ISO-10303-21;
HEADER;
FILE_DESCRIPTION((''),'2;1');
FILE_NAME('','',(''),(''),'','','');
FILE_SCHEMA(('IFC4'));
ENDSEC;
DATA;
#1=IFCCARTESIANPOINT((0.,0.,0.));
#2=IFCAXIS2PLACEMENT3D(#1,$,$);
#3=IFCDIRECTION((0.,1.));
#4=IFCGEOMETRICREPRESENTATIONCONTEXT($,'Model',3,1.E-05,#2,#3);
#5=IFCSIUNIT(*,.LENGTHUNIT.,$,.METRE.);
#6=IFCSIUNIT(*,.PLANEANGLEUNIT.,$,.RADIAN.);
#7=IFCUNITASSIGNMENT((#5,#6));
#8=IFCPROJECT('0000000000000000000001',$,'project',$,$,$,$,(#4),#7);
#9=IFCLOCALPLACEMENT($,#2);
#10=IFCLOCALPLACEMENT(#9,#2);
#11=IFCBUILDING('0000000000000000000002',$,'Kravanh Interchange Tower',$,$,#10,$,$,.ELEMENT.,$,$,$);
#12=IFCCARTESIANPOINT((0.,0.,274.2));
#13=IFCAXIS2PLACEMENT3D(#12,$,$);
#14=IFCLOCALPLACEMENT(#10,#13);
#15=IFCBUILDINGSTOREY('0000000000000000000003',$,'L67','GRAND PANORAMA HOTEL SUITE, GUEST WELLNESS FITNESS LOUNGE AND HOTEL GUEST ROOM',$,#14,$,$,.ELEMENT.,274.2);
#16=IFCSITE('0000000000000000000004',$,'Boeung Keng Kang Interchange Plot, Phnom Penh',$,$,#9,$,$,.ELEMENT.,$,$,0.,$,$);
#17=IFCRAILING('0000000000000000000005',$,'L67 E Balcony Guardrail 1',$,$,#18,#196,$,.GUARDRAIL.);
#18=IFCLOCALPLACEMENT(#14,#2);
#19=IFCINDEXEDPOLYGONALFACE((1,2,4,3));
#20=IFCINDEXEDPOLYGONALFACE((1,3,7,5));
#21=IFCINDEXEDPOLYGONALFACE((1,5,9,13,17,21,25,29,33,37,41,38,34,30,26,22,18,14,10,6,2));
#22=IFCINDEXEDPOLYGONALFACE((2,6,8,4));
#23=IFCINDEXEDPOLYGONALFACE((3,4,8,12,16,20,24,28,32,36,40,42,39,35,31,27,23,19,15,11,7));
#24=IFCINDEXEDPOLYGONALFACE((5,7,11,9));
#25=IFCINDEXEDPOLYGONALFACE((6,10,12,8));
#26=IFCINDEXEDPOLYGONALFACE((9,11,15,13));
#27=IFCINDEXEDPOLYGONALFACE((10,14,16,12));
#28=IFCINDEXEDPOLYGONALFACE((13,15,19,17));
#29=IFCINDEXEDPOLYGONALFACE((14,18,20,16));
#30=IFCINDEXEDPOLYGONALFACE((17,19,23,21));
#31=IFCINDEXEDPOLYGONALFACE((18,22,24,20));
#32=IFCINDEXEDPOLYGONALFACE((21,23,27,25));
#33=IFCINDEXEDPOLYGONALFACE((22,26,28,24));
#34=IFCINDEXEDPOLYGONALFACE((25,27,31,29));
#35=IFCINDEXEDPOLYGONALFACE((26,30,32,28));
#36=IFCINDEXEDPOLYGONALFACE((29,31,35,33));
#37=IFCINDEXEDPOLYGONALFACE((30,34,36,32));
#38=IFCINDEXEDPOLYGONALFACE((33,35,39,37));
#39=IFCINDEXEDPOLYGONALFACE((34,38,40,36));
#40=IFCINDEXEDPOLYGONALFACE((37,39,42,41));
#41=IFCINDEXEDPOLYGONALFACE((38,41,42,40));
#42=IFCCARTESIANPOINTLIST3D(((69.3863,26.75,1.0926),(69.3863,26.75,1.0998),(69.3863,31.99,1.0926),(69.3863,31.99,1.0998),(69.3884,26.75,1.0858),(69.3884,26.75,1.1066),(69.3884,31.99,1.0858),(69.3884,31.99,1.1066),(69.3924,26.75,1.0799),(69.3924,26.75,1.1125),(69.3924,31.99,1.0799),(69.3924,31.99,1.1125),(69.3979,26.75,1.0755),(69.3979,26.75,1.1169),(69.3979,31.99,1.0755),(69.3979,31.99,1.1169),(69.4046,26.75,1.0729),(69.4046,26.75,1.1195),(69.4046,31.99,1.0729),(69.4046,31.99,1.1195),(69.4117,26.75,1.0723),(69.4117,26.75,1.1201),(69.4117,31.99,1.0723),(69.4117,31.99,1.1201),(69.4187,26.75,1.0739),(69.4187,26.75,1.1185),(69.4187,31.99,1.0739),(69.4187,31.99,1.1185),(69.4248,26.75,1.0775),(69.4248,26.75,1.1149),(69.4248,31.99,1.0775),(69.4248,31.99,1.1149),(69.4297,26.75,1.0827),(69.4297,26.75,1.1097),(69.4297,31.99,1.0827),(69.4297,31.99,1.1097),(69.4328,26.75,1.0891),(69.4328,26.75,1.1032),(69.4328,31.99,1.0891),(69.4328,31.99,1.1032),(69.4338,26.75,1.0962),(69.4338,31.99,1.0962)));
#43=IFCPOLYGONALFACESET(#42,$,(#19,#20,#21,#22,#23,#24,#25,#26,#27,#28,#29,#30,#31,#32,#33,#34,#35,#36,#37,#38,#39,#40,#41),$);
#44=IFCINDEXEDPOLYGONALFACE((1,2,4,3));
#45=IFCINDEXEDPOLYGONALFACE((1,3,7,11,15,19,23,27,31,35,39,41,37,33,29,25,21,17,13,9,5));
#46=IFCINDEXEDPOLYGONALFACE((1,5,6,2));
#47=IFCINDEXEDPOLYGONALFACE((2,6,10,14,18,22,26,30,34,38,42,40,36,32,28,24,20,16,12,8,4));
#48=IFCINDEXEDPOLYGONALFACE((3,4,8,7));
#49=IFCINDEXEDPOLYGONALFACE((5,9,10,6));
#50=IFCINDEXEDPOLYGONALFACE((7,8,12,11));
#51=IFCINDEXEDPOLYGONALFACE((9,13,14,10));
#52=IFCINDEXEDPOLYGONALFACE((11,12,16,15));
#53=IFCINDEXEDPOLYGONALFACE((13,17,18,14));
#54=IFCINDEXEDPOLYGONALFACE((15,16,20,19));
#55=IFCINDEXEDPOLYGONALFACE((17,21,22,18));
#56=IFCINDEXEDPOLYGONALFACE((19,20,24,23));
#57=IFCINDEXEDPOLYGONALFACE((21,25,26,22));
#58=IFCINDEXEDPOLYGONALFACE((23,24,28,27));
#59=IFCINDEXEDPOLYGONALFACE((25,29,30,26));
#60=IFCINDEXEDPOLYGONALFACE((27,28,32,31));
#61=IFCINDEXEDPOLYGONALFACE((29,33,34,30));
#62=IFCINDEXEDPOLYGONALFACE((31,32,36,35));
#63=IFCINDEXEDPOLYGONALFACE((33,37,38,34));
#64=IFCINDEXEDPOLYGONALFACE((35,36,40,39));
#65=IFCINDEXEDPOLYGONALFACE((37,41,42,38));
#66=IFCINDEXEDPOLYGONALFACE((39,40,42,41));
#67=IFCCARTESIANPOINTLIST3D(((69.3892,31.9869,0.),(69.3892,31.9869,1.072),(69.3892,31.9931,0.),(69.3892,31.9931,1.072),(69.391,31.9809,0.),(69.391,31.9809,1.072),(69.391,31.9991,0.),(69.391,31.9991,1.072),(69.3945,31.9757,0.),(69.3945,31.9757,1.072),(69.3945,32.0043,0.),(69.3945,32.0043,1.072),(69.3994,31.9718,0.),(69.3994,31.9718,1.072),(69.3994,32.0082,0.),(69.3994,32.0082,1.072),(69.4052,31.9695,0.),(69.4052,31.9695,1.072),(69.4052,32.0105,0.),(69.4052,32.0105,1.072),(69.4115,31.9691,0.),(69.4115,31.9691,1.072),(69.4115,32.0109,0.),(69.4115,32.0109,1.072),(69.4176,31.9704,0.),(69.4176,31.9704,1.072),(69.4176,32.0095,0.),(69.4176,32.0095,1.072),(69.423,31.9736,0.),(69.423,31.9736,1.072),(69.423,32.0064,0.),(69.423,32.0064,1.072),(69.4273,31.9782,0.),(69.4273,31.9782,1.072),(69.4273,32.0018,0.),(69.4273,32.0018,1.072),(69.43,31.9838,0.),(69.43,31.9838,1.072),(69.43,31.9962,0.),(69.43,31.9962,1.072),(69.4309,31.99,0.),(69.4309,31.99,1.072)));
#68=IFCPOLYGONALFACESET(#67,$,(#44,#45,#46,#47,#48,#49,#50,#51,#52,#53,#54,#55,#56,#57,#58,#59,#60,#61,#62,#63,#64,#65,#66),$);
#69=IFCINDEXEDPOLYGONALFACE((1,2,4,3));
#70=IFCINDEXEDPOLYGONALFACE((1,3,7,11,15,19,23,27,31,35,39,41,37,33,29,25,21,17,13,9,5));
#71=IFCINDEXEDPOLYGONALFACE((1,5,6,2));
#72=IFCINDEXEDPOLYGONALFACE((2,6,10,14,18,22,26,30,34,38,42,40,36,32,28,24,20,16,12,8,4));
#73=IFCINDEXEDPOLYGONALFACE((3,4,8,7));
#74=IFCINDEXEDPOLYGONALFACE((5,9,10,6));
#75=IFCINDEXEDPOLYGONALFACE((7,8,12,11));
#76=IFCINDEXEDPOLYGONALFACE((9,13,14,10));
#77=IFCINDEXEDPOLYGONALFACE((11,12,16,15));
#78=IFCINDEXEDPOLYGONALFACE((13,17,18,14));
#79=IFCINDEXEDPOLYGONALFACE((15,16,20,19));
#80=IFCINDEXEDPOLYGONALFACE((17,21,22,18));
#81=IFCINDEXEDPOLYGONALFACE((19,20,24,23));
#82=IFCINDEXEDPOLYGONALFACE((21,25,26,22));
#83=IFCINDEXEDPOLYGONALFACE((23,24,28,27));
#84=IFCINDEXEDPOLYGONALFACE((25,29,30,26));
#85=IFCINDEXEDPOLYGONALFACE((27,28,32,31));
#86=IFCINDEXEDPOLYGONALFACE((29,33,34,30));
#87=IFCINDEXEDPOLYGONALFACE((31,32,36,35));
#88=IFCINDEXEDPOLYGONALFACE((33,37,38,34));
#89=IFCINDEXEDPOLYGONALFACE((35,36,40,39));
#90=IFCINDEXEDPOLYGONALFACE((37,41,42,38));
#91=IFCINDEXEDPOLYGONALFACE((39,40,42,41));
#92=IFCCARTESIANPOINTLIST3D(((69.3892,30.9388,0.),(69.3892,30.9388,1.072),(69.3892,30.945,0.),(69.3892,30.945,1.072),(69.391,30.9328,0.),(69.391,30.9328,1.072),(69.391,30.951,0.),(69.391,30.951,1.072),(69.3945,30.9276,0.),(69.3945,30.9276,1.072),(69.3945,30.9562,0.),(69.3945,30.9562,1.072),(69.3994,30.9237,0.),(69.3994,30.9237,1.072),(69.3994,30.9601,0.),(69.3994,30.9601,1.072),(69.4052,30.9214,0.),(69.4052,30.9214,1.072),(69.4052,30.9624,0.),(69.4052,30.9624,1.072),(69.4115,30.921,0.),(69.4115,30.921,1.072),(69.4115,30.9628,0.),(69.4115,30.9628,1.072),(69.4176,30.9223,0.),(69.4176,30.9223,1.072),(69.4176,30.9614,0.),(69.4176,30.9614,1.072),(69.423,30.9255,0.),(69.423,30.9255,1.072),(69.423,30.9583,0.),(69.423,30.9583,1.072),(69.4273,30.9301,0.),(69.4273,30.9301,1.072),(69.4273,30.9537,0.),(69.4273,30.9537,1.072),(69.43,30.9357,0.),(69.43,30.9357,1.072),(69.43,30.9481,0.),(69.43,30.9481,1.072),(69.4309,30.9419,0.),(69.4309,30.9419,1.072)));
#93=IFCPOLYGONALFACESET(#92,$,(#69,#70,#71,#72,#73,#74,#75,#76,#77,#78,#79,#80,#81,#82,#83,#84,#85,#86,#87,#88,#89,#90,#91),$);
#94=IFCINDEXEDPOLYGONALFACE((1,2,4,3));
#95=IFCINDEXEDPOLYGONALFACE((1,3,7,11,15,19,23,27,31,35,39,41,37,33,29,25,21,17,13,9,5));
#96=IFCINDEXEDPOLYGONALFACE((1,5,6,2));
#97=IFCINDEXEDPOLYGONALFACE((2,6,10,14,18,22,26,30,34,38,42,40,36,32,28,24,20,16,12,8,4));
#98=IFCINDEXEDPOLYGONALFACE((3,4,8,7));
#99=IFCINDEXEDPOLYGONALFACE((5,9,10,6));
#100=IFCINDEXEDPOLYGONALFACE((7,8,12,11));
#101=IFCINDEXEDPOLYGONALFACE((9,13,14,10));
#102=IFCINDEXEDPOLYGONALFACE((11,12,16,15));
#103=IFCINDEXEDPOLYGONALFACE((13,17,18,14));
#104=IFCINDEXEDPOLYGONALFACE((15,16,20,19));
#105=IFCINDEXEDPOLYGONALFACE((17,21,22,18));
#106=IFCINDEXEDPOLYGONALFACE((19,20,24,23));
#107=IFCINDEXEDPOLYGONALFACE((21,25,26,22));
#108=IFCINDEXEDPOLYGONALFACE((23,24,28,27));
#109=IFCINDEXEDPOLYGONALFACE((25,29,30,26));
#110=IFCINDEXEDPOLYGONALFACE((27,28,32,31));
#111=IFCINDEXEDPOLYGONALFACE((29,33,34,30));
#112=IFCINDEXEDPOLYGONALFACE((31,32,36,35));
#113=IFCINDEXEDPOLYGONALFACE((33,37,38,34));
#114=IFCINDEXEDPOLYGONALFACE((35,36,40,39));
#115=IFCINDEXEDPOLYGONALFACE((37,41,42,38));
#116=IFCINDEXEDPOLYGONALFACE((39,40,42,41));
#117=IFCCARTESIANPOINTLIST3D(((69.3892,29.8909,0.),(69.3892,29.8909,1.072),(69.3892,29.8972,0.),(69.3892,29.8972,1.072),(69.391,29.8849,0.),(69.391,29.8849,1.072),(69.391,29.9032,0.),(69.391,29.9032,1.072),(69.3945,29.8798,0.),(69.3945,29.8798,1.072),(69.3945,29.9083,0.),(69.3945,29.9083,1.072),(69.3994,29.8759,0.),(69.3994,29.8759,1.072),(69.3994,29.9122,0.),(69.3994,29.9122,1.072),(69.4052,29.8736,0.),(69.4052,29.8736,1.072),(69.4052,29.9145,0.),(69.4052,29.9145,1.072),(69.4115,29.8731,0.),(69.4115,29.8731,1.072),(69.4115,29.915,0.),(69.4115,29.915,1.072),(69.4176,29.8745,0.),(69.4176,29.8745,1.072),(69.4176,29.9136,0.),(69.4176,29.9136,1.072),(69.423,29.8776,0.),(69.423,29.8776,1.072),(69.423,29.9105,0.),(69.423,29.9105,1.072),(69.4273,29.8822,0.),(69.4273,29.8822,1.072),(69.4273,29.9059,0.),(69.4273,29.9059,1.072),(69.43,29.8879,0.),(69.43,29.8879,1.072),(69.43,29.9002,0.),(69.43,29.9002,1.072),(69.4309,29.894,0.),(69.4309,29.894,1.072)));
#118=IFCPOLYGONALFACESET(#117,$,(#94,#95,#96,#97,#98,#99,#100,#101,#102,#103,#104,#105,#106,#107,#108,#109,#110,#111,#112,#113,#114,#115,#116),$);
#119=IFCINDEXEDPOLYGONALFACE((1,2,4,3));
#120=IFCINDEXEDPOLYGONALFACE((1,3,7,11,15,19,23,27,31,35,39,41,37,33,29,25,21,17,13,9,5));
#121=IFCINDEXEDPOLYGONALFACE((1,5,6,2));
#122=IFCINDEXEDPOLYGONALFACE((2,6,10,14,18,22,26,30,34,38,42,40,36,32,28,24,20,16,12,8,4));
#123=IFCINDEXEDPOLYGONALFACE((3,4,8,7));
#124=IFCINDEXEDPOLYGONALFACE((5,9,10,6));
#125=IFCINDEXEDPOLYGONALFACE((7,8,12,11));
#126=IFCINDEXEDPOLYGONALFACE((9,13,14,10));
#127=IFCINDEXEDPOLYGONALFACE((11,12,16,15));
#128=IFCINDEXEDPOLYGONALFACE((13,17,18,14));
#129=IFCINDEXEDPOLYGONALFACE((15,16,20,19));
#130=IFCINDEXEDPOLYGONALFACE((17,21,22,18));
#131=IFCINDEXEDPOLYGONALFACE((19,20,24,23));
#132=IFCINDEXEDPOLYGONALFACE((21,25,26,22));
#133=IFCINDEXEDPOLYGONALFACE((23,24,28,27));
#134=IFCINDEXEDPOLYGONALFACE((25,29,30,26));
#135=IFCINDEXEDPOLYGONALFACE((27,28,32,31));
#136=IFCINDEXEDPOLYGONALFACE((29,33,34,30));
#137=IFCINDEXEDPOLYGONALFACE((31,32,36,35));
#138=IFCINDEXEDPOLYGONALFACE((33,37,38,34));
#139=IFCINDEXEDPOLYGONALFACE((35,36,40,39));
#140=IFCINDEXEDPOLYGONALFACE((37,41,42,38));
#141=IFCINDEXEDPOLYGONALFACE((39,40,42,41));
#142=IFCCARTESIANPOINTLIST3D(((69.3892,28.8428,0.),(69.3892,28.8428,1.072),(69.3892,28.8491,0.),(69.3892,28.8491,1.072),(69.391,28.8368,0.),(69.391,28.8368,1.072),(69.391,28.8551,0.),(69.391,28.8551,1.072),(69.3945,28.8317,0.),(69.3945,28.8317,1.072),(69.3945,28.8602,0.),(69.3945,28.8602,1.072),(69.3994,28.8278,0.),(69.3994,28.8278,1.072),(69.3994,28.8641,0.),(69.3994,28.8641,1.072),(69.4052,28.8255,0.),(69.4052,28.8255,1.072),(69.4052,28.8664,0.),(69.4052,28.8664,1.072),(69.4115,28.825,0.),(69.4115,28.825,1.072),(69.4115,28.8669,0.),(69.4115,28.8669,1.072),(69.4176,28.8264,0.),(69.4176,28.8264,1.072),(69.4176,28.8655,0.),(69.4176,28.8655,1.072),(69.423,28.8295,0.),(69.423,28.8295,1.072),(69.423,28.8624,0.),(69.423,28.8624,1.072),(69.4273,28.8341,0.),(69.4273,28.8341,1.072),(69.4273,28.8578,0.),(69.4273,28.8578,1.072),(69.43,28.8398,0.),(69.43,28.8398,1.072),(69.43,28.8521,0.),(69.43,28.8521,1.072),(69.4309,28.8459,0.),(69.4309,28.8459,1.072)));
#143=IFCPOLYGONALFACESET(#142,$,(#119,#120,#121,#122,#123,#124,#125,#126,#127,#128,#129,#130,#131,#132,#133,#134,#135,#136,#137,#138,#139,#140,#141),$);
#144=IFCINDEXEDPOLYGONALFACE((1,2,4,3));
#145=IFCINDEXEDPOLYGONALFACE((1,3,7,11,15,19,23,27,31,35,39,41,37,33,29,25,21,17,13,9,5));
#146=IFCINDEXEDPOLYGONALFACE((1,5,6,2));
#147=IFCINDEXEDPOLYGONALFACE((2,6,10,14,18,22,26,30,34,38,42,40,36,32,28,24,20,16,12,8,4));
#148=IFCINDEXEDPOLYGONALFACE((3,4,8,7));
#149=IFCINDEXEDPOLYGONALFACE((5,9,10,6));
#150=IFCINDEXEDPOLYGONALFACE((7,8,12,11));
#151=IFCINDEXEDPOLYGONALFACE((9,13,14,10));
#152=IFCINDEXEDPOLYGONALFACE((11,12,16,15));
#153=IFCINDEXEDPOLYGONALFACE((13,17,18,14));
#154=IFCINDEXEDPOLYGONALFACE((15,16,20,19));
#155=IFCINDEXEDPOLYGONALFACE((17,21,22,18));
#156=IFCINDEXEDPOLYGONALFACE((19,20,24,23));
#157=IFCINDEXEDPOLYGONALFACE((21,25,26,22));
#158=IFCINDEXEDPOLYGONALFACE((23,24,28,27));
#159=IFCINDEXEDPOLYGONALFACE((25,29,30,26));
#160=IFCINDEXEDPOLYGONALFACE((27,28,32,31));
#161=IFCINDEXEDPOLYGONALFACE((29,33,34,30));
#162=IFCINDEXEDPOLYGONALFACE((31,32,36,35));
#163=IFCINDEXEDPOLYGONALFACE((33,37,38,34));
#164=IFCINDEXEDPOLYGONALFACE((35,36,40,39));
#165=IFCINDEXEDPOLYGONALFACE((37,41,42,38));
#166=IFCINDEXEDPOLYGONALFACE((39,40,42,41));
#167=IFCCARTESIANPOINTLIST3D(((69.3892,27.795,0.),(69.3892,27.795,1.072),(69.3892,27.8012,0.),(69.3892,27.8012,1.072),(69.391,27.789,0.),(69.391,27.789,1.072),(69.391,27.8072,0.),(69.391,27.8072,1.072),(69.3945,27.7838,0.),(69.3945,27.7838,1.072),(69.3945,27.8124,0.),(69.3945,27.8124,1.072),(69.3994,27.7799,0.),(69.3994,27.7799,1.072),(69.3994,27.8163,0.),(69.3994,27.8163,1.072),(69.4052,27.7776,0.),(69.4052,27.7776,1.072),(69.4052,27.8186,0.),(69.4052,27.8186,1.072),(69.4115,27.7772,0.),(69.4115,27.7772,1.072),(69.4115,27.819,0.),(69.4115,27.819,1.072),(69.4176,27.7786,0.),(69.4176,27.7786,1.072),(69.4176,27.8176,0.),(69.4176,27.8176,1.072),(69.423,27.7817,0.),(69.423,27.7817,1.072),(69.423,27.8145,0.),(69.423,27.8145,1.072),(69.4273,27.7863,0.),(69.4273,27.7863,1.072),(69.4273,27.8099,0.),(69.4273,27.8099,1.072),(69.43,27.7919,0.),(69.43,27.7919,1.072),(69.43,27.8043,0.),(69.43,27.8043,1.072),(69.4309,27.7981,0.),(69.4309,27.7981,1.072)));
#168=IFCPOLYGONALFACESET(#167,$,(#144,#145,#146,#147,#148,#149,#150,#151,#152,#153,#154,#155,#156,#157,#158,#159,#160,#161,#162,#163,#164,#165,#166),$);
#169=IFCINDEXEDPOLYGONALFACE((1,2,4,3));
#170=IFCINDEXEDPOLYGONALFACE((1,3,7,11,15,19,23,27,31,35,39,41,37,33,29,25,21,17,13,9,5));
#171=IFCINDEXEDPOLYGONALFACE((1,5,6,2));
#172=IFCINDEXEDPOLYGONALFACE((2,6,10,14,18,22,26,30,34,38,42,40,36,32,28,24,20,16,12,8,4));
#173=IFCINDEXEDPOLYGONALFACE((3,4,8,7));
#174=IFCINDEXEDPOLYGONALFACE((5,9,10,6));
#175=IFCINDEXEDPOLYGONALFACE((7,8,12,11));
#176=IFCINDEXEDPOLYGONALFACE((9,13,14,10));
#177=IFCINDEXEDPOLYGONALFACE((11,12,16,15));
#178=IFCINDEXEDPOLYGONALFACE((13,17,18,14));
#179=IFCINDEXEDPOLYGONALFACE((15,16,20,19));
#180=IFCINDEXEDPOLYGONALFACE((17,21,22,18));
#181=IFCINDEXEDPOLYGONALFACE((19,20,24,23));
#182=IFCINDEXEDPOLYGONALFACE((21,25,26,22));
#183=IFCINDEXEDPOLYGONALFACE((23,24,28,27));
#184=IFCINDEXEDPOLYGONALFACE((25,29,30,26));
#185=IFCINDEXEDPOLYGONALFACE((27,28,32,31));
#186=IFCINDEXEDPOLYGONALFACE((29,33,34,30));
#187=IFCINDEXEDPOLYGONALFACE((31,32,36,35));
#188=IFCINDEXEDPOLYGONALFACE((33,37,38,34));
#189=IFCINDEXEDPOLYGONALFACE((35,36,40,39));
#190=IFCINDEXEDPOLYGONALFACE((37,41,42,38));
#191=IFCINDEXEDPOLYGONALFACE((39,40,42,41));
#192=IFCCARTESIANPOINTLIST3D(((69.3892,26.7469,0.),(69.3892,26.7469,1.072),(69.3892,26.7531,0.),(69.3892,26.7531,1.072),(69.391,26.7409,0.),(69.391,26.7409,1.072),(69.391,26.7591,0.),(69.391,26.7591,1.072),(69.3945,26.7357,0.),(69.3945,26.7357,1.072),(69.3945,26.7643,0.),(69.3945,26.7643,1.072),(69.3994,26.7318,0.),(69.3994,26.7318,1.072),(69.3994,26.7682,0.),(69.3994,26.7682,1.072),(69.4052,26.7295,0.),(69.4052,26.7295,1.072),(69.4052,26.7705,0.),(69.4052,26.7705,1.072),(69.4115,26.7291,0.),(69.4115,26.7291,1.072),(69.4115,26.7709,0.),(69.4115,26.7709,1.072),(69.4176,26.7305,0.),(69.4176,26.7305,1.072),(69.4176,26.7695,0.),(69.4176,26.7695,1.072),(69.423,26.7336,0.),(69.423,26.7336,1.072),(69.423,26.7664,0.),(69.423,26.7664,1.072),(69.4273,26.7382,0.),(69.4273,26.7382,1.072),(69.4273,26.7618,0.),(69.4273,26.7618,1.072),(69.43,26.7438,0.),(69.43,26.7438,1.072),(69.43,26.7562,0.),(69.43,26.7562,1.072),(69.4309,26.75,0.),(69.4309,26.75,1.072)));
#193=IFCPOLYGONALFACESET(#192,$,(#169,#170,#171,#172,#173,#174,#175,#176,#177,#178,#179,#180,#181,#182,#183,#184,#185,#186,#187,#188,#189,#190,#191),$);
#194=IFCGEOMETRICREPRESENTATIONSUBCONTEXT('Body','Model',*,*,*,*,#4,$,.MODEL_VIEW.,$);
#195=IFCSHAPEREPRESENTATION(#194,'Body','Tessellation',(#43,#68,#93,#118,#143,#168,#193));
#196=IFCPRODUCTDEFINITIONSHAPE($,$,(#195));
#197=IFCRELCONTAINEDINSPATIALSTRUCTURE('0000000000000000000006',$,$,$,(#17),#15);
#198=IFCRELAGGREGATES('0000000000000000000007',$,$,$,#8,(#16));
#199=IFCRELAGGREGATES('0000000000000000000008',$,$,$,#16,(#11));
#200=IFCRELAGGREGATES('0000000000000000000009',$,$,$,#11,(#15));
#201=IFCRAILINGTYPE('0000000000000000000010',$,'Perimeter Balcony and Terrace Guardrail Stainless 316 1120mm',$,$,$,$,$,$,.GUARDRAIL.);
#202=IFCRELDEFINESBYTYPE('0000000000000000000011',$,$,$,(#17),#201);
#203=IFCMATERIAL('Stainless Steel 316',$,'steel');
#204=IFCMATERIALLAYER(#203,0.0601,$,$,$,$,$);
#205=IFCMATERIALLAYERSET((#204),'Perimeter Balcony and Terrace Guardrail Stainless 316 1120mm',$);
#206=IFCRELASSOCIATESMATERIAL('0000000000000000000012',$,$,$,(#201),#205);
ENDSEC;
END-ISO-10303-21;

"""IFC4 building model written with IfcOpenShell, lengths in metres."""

from ifc_helpers import new_model, si_unit, direction, frame, origin, origin_2d, place, context, subcontext, project, spatial, circle, extrude, material, layer, layer_set, type_object, element, save


model = new_model("IFC4")

# Units and contexts
model_context = context("Model", 3, precision=1e-05, world=origin(), true_north=direction((0.0, 1.0)))
body_context = subcontext(model_context, "Body", "Model", "MODEL_VIEW")
ifc_project = project(units=[si_unit("LENGTHUNIT", "METRE"), si_unit("PLANEANGLEUNIT", "RADIAN")], contexts=[model_context])

# Site, building, storey
site_placement = place(None, origin())
site = spatial("IfcSite", under=ifc_project, at=site_placement, Name="Boeung Keng Kang Interchange Plot, Phnom Penh", CompositionType="ELEMENT", RefElevation=0.0)
building_placement = place(site_placement, origin())
building = spatial("IfcBuilding", under=site, at=building_placement, Name="Kravanh Interchange Tower", CompositionType="ELEMENT")
storey_placement = place(building_placement, frame((0.0, 0.0, 274.2)))
storey = spatial("IfcBuildingStorey", under=building, at=storey_placement, Name="L67", Description="GRAND PANORAMA HOTEL SUITE, GUEST WELLNESS FITNESS LOUNGE AND HOTEL GUEST ROOM", CompositionType="ELEMENT", Elevation=274.2)

# Railing
ifc_material_1 = material(Name="Stainless Steel 316", Category="steel")
ifc_layer_1 = layer(ifc_material_1, 0.0601)
ifc_layer_set_1 = layer_set([ifc_layer_1], Name="Perimeter Balcony and Terrace Guardrail Stainless 316 1120mm")
railing_type_1 = type_object("IfcRailingType", Name="Perimeter Balcony and Terrace Guardrail Stainless 316 1120mm", PredefinedType="GUARDRAIL", material=ifc_layer_set_1)
railing_1_placement = place(storey_placement, frame((69.4099, 31.99, 0.0)))
element("IfcRailing", 1, at=railing_1_placement, inside=storey, type_object=railing_type_1, Name="L67 E Balcony Guardrail 1", PredefinedType="GUARDRAIL", context=body_context, shape_type="SweptSolid", body=[
    extrude(circle(Radius=0.0239, at=origin_2d()), frame((0.0, 0.0, 1.0962), z_axis=(0.0, -1.0, 0.0), x_axis=(1.0, 0.0, 0.0)), (0.0, 0.0, 1.0), 5.24),
    extrude(circle(Radius=0.021, at=origin_2d()), origin(), (0.0, 0.0, 1.0), 1.072),
    extrude(circle(Radius=0.021, at=origin_2d()), frame((0.0, -1.0481, 0.0)), (0.0, 0.0, 1.0), 1.072),
    extrude(circle(Radius=0.021, at=origin_2d()), frame((0.0, -2.0959, 0.0)), (0.0, 0.0, 1.0), 1.072),
    extrude(circle(Radius=0.021, at=origin_2d()), frame((0.0, -3.144, 0.0)), (0.0, 0.0, 1.0), 1.072),
    extrude(circle(Radius=0.021, at=origin_2d()), frame((0.0, -4.1919, 0.0)), (0.0, 0.0, 1.0), 1.072),
    extrude(circle(Radius=0.021, at=origin_2d()), frame((0.0, -5.24, 0.0)), (0.0, 0.0, 1.0), 1.072),
])

save(model, "model.ifc")
